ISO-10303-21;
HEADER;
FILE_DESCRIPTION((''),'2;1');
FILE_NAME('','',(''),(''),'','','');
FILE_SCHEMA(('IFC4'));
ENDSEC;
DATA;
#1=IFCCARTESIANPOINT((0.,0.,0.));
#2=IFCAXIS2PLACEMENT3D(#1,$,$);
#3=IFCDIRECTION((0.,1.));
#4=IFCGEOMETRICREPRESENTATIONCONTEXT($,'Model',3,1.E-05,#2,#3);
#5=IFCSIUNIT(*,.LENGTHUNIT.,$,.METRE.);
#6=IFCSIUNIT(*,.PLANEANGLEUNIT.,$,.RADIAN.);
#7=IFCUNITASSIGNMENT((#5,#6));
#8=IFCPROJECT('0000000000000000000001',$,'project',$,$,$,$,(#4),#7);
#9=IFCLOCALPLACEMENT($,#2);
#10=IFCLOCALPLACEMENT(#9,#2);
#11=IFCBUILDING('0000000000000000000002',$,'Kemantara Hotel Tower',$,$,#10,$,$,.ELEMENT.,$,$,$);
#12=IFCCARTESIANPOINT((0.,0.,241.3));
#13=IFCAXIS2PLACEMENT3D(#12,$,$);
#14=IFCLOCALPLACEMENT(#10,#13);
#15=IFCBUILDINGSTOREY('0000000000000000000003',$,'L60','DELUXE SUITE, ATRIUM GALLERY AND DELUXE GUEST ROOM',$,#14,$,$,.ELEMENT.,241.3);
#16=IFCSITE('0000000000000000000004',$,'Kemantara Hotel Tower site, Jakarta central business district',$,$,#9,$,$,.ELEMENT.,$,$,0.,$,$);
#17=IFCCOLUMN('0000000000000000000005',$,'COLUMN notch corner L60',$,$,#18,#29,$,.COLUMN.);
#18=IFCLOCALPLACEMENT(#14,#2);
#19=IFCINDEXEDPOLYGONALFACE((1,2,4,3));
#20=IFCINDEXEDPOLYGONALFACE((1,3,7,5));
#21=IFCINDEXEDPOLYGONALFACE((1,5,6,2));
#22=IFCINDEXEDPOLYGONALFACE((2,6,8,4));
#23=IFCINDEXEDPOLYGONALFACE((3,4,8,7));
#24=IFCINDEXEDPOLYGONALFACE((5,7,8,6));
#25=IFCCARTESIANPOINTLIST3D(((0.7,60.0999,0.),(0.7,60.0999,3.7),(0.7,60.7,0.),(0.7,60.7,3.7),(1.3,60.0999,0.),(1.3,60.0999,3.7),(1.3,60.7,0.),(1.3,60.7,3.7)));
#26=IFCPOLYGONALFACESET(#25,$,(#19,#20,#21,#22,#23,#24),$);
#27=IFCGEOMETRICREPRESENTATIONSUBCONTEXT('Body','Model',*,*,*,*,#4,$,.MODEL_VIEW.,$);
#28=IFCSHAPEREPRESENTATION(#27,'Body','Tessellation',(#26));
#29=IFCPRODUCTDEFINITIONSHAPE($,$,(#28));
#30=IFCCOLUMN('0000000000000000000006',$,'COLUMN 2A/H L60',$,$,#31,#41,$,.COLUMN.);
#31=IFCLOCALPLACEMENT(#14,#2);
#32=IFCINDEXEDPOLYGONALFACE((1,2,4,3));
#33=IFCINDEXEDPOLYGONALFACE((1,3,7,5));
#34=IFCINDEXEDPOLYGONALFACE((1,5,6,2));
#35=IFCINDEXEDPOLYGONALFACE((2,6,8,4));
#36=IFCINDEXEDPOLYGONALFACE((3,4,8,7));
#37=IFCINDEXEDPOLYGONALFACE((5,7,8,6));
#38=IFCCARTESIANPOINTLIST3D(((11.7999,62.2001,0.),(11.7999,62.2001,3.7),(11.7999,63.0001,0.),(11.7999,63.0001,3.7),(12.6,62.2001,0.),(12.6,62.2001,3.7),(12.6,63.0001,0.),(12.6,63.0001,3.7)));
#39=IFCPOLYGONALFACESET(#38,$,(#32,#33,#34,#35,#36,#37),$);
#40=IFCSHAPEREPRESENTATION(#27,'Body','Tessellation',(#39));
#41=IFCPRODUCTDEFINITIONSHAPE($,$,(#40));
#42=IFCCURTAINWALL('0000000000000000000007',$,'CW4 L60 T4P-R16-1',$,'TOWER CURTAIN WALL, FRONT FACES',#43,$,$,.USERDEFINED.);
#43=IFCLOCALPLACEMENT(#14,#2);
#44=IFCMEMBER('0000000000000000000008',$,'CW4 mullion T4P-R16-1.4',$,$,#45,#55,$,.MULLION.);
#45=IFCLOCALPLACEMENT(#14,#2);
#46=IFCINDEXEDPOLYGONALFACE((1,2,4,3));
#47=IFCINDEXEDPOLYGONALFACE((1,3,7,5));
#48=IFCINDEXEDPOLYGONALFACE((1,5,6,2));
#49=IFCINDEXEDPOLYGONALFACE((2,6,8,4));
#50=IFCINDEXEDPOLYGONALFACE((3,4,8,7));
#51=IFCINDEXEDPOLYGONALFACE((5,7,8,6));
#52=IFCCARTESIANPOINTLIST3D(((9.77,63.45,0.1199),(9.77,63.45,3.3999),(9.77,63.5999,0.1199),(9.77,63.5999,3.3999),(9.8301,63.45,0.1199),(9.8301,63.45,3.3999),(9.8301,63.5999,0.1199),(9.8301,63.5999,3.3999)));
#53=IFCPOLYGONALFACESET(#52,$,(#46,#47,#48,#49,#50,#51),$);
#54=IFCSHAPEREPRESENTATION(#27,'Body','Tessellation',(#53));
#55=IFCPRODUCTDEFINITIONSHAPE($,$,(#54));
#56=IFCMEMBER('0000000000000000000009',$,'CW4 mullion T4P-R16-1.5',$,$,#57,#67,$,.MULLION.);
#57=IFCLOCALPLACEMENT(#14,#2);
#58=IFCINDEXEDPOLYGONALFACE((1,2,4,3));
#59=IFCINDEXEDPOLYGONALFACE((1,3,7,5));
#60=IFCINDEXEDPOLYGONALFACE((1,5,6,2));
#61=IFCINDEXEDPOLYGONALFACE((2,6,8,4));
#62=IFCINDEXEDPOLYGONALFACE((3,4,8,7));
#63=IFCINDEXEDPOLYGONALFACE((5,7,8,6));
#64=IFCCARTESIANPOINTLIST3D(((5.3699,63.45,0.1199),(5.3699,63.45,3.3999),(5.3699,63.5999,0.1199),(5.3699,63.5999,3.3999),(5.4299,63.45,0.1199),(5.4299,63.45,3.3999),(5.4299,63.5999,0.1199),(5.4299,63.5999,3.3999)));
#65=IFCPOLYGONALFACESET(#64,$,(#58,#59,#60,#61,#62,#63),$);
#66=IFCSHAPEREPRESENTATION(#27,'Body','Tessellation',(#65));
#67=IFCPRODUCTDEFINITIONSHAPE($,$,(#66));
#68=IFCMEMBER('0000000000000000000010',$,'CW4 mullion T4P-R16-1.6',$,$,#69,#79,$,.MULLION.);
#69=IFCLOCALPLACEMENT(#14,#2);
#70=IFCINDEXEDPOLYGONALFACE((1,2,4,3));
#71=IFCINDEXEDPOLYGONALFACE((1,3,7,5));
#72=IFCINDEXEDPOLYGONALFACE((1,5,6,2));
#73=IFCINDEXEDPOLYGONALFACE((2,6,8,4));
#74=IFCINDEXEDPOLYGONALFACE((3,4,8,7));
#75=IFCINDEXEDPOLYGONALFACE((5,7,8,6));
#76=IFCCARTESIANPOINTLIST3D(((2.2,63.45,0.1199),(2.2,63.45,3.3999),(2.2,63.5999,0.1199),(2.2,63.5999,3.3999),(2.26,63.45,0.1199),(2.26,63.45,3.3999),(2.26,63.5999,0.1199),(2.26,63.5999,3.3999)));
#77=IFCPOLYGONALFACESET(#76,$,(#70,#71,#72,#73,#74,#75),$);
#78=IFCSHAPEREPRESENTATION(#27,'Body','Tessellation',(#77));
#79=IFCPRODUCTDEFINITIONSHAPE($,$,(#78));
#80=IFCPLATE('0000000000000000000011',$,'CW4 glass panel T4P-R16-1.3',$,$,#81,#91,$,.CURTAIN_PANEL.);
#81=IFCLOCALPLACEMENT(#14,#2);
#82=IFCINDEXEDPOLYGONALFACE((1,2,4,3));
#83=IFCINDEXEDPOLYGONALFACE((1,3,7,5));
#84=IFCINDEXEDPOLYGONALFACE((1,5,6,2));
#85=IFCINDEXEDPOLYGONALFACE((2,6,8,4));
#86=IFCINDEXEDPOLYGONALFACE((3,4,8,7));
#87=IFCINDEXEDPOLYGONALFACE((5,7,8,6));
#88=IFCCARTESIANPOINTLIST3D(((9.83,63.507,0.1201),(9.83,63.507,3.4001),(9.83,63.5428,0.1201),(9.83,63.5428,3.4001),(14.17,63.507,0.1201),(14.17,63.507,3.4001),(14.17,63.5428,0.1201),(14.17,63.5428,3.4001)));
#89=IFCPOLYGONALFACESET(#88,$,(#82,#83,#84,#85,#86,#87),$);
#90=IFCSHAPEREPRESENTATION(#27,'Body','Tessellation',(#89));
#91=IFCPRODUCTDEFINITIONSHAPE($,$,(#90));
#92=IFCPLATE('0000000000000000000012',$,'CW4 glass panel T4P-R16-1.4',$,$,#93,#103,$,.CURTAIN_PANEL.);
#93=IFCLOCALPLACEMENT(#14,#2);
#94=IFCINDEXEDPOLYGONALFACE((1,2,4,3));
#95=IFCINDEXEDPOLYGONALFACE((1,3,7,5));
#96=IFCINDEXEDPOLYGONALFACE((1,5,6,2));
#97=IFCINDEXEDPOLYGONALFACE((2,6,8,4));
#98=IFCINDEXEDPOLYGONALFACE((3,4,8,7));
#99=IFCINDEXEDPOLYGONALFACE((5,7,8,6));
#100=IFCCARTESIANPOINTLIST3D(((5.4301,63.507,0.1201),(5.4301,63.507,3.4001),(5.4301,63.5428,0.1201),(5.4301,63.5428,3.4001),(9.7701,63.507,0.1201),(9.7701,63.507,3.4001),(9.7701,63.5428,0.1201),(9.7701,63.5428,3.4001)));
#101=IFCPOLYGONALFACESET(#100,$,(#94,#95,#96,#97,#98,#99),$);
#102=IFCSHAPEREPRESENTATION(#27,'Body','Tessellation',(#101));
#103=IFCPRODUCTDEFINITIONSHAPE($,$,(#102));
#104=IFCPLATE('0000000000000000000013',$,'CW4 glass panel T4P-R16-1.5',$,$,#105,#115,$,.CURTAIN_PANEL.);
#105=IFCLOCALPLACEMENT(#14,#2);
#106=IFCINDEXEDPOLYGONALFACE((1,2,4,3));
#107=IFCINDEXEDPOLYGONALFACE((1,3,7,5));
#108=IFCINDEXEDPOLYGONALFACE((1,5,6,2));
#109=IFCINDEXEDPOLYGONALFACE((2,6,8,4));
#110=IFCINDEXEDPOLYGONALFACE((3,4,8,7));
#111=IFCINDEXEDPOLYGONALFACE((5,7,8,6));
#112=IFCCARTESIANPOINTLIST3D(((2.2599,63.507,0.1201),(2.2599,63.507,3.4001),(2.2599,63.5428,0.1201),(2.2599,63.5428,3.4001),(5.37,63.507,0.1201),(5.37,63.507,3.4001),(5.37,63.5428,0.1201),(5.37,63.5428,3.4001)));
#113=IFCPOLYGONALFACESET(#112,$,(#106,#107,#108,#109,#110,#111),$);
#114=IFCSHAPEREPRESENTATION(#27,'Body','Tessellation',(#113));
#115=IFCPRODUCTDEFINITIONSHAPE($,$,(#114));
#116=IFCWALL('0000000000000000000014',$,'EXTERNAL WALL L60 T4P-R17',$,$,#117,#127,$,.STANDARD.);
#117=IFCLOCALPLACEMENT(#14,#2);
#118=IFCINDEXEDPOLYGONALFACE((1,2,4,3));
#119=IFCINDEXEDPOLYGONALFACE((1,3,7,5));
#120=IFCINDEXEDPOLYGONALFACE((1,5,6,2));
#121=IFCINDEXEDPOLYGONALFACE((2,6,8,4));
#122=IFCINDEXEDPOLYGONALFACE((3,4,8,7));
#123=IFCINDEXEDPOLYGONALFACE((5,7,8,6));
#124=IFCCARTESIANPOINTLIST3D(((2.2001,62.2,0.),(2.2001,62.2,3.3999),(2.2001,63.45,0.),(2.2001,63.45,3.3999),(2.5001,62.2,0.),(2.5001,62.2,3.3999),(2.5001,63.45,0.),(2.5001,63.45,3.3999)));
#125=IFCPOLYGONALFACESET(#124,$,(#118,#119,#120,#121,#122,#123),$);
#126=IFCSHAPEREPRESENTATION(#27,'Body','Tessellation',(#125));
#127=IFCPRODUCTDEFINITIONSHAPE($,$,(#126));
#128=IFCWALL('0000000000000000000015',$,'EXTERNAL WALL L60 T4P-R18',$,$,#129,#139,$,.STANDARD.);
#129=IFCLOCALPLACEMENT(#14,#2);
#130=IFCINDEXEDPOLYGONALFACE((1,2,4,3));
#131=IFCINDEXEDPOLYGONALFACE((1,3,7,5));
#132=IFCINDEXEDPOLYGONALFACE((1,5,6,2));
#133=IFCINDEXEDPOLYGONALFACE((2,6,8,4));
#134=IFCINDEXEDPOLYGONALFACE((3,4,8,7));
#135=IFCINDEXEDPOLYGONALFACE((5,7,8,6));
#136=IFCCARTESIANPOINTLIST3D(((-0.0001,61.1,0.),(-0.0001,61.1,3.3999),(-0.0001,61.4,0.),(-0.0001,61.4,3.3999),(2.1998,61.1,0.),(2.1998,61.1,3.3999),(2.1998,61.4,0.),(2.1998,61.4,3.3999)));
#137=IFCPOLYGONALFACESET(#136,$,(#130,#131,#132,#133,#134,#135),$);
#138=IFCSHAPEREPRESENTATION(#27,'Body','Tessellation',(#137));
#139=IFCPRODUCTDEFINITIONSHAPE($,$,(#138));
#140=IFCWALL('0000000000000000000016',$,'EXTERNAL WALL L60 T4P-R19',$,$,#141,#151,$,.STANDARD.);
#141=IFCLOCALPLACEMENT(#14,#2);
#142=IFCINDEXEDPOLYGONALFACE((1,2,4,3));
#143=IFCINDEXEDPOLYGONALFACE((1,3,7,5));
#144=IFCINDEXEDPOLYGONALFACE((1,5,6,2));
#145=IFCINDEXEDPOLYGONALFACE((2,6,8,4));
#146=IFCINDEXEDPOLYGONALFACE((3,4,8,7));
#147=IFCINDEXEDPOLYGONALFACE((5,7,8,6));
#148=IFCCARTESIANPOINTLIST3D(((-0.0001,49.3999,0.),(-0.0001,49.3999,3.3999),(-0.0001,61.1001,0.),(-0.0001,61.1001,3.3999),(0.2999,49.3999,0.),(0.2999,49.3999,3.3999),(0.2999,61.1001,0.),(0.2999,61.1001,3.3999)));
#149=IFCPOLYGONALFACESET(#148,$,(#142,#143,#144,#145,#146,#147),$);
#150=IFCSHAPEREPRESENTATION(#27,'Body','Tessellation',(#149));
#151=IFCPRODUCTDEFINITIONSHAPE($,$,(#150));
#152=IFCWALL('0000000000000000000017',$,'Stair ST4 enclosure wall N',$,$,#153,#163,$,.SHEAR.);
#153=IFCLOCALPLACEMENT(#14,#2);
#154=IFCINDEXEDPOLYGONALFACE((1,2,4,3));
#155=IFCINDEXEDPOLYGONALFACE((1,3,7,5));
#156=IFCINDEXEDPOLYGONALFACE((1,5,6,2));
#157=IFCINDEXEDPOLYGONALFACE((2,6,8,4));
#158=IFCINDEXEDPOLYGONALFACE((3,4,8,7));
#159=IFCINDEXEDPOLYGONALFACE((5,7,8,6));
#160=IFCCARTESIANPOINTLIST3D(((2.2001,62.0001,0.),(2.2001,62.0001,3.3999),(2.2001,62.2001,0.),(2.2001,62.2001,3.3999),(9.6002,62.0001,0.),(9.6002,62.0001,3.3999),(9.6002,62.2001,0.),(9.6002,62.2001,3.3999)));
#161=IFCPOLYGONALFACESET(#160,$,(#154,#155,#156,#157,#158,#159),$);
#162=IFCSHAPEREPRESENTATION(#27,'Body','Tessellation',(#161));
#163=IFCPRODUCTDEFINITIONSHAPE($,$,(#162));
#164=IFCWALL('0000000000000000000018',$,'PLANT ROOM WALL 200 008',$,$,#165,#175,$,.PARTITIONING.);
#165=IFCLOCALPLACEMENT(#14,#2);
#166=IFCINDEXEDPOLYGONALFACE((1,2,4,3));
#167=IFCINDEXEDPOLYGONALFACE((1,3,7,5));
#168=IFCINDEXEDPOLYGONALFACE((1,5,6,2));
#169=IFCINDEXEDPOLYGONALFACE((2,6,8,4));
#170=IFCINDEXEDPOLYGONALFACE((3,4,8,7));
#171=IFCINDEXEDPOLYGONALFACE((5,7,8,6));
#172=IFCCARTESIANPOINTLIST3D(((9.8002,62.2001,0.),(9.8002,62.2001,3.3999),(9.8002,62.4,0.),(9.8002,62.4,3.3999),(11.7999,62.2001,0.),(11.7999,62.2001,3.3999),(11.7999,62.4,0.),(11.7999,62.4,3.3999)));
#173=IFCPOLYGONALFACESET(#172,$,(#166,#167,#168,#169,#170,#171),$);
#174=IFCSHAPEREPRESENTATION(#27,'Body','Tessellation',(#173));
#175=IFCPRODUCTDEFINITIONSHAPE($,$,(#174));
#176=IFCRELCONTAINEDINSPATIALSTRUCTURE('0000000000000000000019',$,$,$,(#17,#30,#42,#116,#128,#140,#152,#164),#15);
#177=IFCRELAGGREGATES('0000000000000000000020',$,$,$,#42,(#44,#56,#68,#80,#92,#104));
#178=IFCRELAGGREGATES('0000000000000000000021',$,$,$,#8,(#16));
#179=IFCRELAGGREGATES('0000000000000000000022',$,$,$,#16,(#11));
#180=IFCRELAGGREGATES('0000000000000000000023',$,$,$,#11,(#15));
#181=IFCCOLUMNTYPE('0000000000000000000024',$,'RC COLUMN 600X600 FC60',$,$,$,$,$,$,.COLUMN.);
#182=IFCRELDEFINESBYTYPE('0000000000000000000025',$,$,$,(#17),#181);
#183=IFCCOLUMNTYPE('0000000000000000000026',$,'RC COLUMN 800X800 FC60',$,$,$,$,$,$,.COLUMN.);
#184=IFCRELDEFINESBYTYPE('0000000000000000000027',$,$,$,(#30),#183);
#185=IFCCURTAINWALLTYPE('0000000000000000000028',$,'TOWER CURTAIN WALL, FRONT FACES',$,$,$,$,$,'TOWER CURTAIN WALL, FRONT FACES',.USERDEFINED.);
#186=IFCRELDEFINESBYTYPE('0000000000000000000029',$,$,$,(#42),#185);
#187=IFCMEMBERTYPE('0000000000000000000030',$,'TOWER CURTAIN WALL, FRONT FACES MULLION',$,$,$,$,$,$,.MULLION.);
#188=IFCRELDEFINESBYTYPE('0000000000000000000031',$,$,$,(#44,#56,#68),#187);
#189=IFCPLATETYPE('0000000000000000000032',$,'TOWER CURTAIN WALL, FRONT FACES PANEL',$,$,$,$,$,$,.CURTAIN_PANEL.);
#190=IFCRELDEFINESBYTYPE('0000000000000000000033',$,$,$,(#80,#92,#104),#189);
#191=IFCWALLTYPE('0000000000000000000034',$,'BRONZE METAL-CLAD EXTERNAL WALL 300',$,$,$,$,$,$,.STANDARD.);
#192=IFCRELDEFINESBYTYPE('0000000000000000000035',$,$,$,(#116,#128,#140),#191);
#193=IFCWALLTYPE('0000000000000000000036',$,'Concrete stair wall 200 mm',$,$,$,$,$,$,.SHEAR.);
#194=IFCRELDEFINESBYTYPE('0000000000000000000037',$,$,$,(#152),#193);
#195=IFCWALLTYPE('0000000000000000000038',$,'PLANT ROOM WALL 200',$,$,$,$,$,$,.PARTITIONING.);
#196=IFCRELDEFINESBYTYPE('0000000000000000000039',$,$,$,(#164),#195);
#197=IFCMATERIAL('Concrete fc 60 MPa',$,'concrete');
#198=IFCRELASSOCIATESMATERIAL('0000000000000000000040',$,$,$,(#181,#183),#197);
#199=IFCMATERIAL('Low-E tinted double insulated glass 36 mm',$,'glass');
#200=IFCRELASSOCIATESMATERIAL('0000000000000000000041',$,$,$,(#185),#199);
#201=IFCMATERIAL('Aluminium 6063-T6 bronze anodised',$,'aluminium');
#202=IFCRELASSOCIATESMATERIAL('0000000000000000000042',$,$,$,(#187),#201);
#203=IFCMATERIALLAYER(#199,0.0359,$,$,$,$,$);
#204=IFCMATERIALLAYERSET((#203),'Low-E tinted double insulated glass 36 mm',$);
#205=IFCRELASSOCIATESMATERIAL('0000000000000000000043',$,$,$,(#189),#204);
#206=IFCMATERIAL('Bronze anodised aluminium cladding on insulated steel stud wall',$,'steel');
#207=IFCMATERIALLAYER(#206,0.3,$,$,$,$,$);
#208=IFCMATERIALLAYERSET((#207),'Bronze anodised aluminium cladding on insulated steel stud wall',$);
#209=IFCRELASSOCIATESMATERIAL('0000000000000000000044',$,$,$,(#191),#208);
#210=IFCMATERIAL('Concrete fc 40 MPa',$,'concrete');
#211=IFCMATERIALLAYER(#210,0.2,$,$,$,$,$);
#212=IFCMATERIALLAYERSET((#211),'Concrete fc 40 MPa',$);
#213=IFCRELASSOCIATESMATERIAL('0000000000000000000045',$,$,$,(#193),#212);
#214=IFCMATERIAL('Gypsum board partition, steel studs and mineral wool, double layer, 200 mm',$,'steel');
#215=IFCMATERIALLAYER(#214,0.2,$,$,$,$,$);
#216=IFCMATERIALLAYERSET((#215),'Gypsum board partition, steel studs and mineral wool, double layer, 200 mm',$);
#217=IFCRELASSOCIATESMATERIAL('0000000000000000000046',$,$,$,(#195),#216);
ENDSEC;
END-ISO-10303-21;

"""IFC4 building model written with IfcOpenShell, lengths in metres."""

from ifc_helpers import new_model, si_unit, direction, frame, frame_2d, origin, origin_2d, place, context, subcontext, project, spatial, rectangle, extrude, source, transform, mapped, material, layer, layer_set, material_profile, profile_set, type_object, element, aggregate, save


model = new_model("IFC4")

# Units and contexts
model_context = context("Model", 3, precision=1e-05, world=origin(), true_north=direction((0.0, 1.0)))
body_context = subcontext(model_context, "Body", "Model", "MODEL_VIEW")
ifc_project = project(units=[si_unit("LENGTHUNIT", "METRE"), si_unit("PLANEANGLEUNIT", "RADIAN")], contexts=[model_context])

# Site, building, storey
site_placement = place(None, origin())
site = spatial("IfcSite", under=ifc_project, at=site_placement, Name="Kemantara Hotel Tower site, Jakarta central business district", CompositionType="ELEMENT", RefElevation=0.0)
building_placement = place(site_placement, origin())
building = spatial("IfcBuilding", under=site, at=building_placement, Name="Kemantara Hotel Tower", CompositionType="ELEMENT")
storey_placement = place(building_placement, frame((0.0, 0.0, 241.3)))
storey = spatial("IfcBuildingStorey", under=building, at=storey_placement, Name="L60", Description="DELUXE SUITE, ATRIUM GALLERY AND DELUXE GUEST ROOM", CompositionType="ELEMENT", Elevation=241.3)

# Columns
ifc_material_1 = material(Name="Concrete fc 60 MPa", Category="concrete")
ifc_material_profile_1 = material_profile(ifc_material_1, rectangle(XDim=0.6001, YDim=0.6001, at=origin_2d()), Name="RC 600X600")
ifc_profile_set_1 = profile_set([ifc_material_profile_1], Name="Concrete fc 60 MPa")
column_type_1 = type_object("IfcColumnType", Name="RC COLUMN 600X600 FC60", PredefinedType="COLUMN", material=ifc_profile_set_1)
column_1_placement = place(storey_placement, frame((1.0, 60.3999, 0.0), z_axis=(0.0, 0.0, 1.0), x_axis=(1.0, 0.0, 0.0)))
element("IfcColumn", 1, at=column_1_placement, inside=storey, type_object=column_type_1, Name="COLUMN notch corner L60", PredefinedType="COLUMN", context=body_context, shape_type="SweptSolid", body=[
    extrude(rectangle(XDim=0.6001, YDim=0.6001, at=origin_2d()), origin(), (0.0, 0.0, 1.0), 3.7),
])
ifc_material_profile_2 = material_profile(ifc_material_1, rectangle(XDim=0.8, YDim=0.8, at=origin_2d()), Name="RC 800X800")
ifc_profile_set_2 = profile_set([ifc_material_profile_2], Name="Concrete fc 60 MPa")
column_type_2 = type_object("IfcColumnType", Name="RC COLUMN 800X800 FC60", PredefinedType="COLUMN", material=ifc_profile_set_2)
column_2_placement = place(storey_placement, frame((12.2, 62.6001, 0.0), z_axis=(0.0, 0.0, 1.0), x_axis=(1.0, 0.0, 0.0)))
element("IfcColumn", 2, at=column_2_placement, inside=storey, type_object=column_type_2, Name="COLUMN 2A/H L60", PredefinedType="COLUMN", context=body_context, shape_type="SweptSolid", body=[
    extrude(rectangle(XDim=0.8, YDim=0.8, at=origin_2d()), origin(), (0.0, 0.0, 1.0), 3.7),
])

# Curtain wall, members, plates
ifc_material_2 = material(Name="Low-E tinted double insulated glass 36 mm", Category="glass")
curtain_wall_type = type_object("IfcCurtainWallType", Name="TOWER CURTAIN WALL, FRONT FACES", ElementType="TOWER CURTAIN WALL, FRONT FACES", PredefinedType="USERDEFINED", material=ifc_material_2)
curtain_wall_placement = place(storey_placement, origin())
curtain_wall = element("IfcCurtainWall", 3, at=curtain_wall_placement, inside=storey, type_object=curtain_wall_type, Name="CW4 L60 T4P-R16-1", ObjectType="TOWER CURTAIN WALL, FRONT FACES", PredefinedType="USERDEFINED")
ifc_material_3 = material(Name="Aluminium 6063-T6 bronze anodised", Category="aluminium")
ifc_material_profile_3 = material_profile(ifc_material_3, rectangle(XDim=0.1499, YDim=0.0601, at=origin_2d()), Name="TOWER CURTAIN WALL, FRONT FACES MULLION")
ifc_profile_set_3 = profile_set([ifc_material_profile_3], Name="Aluminium 6063-T6 bronze anodised")
member_type = type_object("IfcMemberType", Name="TOWER CURTAIN WALL, FRONT FACES MULLION", PredefinedType="MULLION", material=ifc_profile_set_3)
shared_shape_1 = source(origin(), body_context, "Body", "SweptSolid", [
    extrude(rectangle(XDim=0.1499, YDim=0.0601, at=origin_2d()), origin(), (0.0, 0.0, 1.0), 3.28),
])
member_1_placement = place(storey_placement, frame((9.8, 63.5249, 0.1199), z_axis=(0.0, 0.0, 1.0), x_axis=(0.0, -1.0, 0.0)))
member_1 = element("IfcMember", 4, at=member_1_placement, type_object=member_type, Name="CW4 mullion T4P-R16-1.4", PredefinedType="MULLION", context=body_context, shape_type="MappedRepresentation", body=[
    mapped(shared_shape_1, transform((0.0, 0.0, 0.0))),
])
member_2_placement = place(storey_placement, frame((5.3999, 63.5249, 0.1199), z_axis=(0.0, 0.0, 1.0), x_axis=(0.0, -1.0, 0.0)))
member_2 = element("IfcMember", 5, at=member_2_placement, type_object=member_type, Name="CW4 mullion T4P-R16-1.5", PredefinedType="MULLION", context=body_context, shape_type="MappedRepresentation", body=[
    mapped(shared_shape_1, transform((0.0, 0.0, 0.0))),
])
member_3_placement = place(storey_placement, frame((2.23, 63.5249, 0.1199), z_axis=(0.0, 0.0, 1.0), x_axis=(0.0, -1.0, 0.0)))
member_3 = element("IfcMember", 6, at=member_3_placement, type_object=member_type, Name="CW4 mullion T4P-R16-1.6", PredefinedType="MULLION", context=body_context, shape_type="MappedRepresentation", body=[
    mapped(shared_shape_1, transform((0.0, 0.0, 0.0))),
])
ifc_layer_1 = layer(ifc_material_2, 0.0359)
ifc_layer_set_1 = layer_set([ifc_layer_1], Name="Low-E tinted double insulated glass 36 mm")
plate_type = type_object("IfcPlateType", Name="TOWER CURTAIN WALL, FRONT FACES PANEL", PredefinedType="CURTAIN_PANEL", material=ifc_layer_set_1)
shared_shape_2 = source(origin(), body_context, "Body", "SweptSolid", [
    extrude(rectangle(XDim=4.3401, YDim=0.0359, at=origin_2d()), origin(), (0.0, 0.0, 1.0), 3.28),
])
plate_1_placement = place(storey_placement, frame((12.0, 63.5249, 0.1201), z_axis=(0.0, 0.0, 1.0), x_axis=(-1.0, 0.0, 0.0)))
plate_1 = element("IfcPlate", 7, at=plate_1_placement, type_object=plate_type, Name="CW4 glass panel T4P-R16-1.3", PredefinedType="CURTAIN_PANEL", context=body_context, shape_type="MappedRepresentation", body=[
    mapped(shared_shape_2, transform((0.0, 0.0, 0.0))),
])
plate_2_placement = place(storey_placement, frame((7.6001, 63.5249, 0.1201), z_axis=(0.0, 0.0, 1.0), x_axis=(-1.0, 0.0, 0.0)))
plate_2 = element("IfcPlate", 8, at=plate_2_placement, type_object=plate_type, Name="CW4 glass panel T4P-R16-1.4", PredefinedType="CURTAIN_PANEL", context=body_context, shape_type="MappedRepresentation", body=[
    mapped(shared_shape_2, transform((0.0, 0.0, 0.0))),
])
shared_shape_3 = source(origin(), body_context, "Body", "SweptSolid", [
    extrude(rectangle(XDim=3.1101, YDim=0.0359, at=origin_2d()), origin(), (0.0, 0.0, 1.0), 3.28),
])
plate_3_placement = place(storey_placement, frame((3.8149, 63.5249, 0.1201), z_axis=(0.0, 0.0, 1.0), x_axis=(-1.0, 0.0, 0.0)))
plate_3 = element("IfcPlate", 9, at=plate_3_placement, type_object=plate_type, Name="CW4 glass panel T4P-R16-1.5", PredefinedType="CURTAIN_PANEL", context=body_context, shape_type="MappedRepresentation", body=[
    mapped(shared_shape_3, transform((0.0, 0.0, 0.0))),
])
aggregate(curtain_wall, [member_1, member_2, member_3, plate_1, plate_2, plate_3])

# Walls
ifc_material_4 = material(Name="Bronze anodised aluminium cladding on insulated steel stud wall", Category="steel")
ifc_layer_2 = layer(ifc_material_4, 0.3)
ifc_layer_set_2 = layer_set([ifc_layer_2], Name="Bronze anodised aluminium cladding on insulated steel stud wall")
wall_type_1 = type_object("IfcWallType", Name="BRONZE METAL-CLAD EXTERNAL WALL 300", PredefinedType="STANDARD", material=ifc_layer_set_2)
wall_1_placement = place(storey_placement, frame((2.3501, 63.45, 0.0), z_axis=(0.0, 0.0, 1.0), x_axis=(0.0, -1.0, 0.0)))
element("IfcWall", 10, at=wall_1_placement, inside=storey, type_object=wall_type_1, Name="EXTERNAL WALL L60 T4P-R17", PredefinedType="STANDARD", context=body_context, shape_type="SweptSolid", body=[
    extrude(rectangle(XDim=1.25, YDim=0.3, at=frame_2d((0.625, 0.0))), origin(), (0.0, 0.0, 1.0), 3.3999),
])
wall_2_placement = place(storey_placement, frame((2.2, 61.25, 0.0), z_axis=(0.0, 0.0, 1.0), x_axis=(-1.0, 0.0, 0.0)))
element("IfcWall", 11, at=wall_2_placement, inside=storey, type_object=wall_type_1, Name="EXTERNAL WALL L60 T4P-R18", PredefinedType="STANDARD", context=body_context, shape_type="SweptSolid", body=[
    extrude(rectangle(XDim=2.2, YDim=0.3, at=frame_2d((1.1001, 0.0))), origin(), (0.0, 0.0, 1.0), 3.3999),
])
wall_3_placement = place(storey_placement, frame((0.1499, 61.1001, 0.0), z_axis=(0.0, 0.0, 1.0), x_axis=(0.0, -1.0, 0.0)))
element("IfcWall", 12, at=wall_3_placement, inside=storey, type_object=wall_type_1, Name="EXTERNAL WALL L60 T4P-R19", PredefinedType="STANDARD", context=body_context, shape_type="SweptSolid", body=[
    extrude(rectangle(XDim=11.7002, YDim=0.3, at=frame_2d((5.8501, 0.0))), origin(), (0.0, 0.0, 1.0), 3.3999),
])
ifc_material_5 = material(Name="Concrete fc 40 MPa", Category="concrete")
ifc_layer_3 = layer(ifc_material_5, 0.2)
ifc_layer_set_3 = layer_set([ifc_layer_3], Name="Concrete fc 40 MPa")
wall_type_2 = type_object("IfcWallType", Name="Concrete stair wall 200 mm", PredefinedType="SHEAR", material=ifc_layer_set_3)
wall_4_placement = place(storey_placement, frame((2.2, 62.1001, 0.0), z_axis=(0.0, 0.0, 1.0), x_axis=(1.0, 0.0, 0.0)))
element("IfcWall", 13, at=wall_4_placement, inside=storey, type_object=wall_type_2, Name="Stair ST4 enclosure wall N", PredefinedType="SHEAR", context=body_context, shape_type="SweptSolid", body=[
    extrude(rectangle(XDim=7.4001, YDim=0.2, at=frame_2d((3.7002, 0.0))), origin(), (0.0, 0.0, 1.0), 3.3999),
])
ifc_material_6 = material(Name="Gypsum board partition, steel studs and mineral wool, double layer, 200 mm", Category="steel")
ifc_layer_4 = layer(ifc_material_6, 0.2)
ifc_layer_set_4 = layer_set([ifc_layer_4], Name="Gypsum board partition, steel studs and mineral wool, double layer, 200 mm")
wall_type_3 = type_object("IfcWallType", Name="PLANT ROOM WALL 200", PredefinedType="PARTITIONING", material=ifc_layer_set_4)
wall_5_placement = place(storey_placement, frame((9.8, 62.3, 0.0), z_axis=(0.0, 0.0, 1.0), x_axis=(1.0, 0.0, 0.0)))
element("IfcWall", 14, at=wall_5_placement, inside=storey, type_object=wall_type_3, Name="PLANT ROOM WALL 200 008", PredefinedType="PARTITIONING", context=body_context, shape_type="SweptSolid", body=[
    extrude(rectangle(XDim=1.9998, YDim=0.2, at=frame_2d((1.0, 0.0))), origin(), (0.0, 0.0, 1.0), 3.3999),
])

save(model, "model.ifc")
